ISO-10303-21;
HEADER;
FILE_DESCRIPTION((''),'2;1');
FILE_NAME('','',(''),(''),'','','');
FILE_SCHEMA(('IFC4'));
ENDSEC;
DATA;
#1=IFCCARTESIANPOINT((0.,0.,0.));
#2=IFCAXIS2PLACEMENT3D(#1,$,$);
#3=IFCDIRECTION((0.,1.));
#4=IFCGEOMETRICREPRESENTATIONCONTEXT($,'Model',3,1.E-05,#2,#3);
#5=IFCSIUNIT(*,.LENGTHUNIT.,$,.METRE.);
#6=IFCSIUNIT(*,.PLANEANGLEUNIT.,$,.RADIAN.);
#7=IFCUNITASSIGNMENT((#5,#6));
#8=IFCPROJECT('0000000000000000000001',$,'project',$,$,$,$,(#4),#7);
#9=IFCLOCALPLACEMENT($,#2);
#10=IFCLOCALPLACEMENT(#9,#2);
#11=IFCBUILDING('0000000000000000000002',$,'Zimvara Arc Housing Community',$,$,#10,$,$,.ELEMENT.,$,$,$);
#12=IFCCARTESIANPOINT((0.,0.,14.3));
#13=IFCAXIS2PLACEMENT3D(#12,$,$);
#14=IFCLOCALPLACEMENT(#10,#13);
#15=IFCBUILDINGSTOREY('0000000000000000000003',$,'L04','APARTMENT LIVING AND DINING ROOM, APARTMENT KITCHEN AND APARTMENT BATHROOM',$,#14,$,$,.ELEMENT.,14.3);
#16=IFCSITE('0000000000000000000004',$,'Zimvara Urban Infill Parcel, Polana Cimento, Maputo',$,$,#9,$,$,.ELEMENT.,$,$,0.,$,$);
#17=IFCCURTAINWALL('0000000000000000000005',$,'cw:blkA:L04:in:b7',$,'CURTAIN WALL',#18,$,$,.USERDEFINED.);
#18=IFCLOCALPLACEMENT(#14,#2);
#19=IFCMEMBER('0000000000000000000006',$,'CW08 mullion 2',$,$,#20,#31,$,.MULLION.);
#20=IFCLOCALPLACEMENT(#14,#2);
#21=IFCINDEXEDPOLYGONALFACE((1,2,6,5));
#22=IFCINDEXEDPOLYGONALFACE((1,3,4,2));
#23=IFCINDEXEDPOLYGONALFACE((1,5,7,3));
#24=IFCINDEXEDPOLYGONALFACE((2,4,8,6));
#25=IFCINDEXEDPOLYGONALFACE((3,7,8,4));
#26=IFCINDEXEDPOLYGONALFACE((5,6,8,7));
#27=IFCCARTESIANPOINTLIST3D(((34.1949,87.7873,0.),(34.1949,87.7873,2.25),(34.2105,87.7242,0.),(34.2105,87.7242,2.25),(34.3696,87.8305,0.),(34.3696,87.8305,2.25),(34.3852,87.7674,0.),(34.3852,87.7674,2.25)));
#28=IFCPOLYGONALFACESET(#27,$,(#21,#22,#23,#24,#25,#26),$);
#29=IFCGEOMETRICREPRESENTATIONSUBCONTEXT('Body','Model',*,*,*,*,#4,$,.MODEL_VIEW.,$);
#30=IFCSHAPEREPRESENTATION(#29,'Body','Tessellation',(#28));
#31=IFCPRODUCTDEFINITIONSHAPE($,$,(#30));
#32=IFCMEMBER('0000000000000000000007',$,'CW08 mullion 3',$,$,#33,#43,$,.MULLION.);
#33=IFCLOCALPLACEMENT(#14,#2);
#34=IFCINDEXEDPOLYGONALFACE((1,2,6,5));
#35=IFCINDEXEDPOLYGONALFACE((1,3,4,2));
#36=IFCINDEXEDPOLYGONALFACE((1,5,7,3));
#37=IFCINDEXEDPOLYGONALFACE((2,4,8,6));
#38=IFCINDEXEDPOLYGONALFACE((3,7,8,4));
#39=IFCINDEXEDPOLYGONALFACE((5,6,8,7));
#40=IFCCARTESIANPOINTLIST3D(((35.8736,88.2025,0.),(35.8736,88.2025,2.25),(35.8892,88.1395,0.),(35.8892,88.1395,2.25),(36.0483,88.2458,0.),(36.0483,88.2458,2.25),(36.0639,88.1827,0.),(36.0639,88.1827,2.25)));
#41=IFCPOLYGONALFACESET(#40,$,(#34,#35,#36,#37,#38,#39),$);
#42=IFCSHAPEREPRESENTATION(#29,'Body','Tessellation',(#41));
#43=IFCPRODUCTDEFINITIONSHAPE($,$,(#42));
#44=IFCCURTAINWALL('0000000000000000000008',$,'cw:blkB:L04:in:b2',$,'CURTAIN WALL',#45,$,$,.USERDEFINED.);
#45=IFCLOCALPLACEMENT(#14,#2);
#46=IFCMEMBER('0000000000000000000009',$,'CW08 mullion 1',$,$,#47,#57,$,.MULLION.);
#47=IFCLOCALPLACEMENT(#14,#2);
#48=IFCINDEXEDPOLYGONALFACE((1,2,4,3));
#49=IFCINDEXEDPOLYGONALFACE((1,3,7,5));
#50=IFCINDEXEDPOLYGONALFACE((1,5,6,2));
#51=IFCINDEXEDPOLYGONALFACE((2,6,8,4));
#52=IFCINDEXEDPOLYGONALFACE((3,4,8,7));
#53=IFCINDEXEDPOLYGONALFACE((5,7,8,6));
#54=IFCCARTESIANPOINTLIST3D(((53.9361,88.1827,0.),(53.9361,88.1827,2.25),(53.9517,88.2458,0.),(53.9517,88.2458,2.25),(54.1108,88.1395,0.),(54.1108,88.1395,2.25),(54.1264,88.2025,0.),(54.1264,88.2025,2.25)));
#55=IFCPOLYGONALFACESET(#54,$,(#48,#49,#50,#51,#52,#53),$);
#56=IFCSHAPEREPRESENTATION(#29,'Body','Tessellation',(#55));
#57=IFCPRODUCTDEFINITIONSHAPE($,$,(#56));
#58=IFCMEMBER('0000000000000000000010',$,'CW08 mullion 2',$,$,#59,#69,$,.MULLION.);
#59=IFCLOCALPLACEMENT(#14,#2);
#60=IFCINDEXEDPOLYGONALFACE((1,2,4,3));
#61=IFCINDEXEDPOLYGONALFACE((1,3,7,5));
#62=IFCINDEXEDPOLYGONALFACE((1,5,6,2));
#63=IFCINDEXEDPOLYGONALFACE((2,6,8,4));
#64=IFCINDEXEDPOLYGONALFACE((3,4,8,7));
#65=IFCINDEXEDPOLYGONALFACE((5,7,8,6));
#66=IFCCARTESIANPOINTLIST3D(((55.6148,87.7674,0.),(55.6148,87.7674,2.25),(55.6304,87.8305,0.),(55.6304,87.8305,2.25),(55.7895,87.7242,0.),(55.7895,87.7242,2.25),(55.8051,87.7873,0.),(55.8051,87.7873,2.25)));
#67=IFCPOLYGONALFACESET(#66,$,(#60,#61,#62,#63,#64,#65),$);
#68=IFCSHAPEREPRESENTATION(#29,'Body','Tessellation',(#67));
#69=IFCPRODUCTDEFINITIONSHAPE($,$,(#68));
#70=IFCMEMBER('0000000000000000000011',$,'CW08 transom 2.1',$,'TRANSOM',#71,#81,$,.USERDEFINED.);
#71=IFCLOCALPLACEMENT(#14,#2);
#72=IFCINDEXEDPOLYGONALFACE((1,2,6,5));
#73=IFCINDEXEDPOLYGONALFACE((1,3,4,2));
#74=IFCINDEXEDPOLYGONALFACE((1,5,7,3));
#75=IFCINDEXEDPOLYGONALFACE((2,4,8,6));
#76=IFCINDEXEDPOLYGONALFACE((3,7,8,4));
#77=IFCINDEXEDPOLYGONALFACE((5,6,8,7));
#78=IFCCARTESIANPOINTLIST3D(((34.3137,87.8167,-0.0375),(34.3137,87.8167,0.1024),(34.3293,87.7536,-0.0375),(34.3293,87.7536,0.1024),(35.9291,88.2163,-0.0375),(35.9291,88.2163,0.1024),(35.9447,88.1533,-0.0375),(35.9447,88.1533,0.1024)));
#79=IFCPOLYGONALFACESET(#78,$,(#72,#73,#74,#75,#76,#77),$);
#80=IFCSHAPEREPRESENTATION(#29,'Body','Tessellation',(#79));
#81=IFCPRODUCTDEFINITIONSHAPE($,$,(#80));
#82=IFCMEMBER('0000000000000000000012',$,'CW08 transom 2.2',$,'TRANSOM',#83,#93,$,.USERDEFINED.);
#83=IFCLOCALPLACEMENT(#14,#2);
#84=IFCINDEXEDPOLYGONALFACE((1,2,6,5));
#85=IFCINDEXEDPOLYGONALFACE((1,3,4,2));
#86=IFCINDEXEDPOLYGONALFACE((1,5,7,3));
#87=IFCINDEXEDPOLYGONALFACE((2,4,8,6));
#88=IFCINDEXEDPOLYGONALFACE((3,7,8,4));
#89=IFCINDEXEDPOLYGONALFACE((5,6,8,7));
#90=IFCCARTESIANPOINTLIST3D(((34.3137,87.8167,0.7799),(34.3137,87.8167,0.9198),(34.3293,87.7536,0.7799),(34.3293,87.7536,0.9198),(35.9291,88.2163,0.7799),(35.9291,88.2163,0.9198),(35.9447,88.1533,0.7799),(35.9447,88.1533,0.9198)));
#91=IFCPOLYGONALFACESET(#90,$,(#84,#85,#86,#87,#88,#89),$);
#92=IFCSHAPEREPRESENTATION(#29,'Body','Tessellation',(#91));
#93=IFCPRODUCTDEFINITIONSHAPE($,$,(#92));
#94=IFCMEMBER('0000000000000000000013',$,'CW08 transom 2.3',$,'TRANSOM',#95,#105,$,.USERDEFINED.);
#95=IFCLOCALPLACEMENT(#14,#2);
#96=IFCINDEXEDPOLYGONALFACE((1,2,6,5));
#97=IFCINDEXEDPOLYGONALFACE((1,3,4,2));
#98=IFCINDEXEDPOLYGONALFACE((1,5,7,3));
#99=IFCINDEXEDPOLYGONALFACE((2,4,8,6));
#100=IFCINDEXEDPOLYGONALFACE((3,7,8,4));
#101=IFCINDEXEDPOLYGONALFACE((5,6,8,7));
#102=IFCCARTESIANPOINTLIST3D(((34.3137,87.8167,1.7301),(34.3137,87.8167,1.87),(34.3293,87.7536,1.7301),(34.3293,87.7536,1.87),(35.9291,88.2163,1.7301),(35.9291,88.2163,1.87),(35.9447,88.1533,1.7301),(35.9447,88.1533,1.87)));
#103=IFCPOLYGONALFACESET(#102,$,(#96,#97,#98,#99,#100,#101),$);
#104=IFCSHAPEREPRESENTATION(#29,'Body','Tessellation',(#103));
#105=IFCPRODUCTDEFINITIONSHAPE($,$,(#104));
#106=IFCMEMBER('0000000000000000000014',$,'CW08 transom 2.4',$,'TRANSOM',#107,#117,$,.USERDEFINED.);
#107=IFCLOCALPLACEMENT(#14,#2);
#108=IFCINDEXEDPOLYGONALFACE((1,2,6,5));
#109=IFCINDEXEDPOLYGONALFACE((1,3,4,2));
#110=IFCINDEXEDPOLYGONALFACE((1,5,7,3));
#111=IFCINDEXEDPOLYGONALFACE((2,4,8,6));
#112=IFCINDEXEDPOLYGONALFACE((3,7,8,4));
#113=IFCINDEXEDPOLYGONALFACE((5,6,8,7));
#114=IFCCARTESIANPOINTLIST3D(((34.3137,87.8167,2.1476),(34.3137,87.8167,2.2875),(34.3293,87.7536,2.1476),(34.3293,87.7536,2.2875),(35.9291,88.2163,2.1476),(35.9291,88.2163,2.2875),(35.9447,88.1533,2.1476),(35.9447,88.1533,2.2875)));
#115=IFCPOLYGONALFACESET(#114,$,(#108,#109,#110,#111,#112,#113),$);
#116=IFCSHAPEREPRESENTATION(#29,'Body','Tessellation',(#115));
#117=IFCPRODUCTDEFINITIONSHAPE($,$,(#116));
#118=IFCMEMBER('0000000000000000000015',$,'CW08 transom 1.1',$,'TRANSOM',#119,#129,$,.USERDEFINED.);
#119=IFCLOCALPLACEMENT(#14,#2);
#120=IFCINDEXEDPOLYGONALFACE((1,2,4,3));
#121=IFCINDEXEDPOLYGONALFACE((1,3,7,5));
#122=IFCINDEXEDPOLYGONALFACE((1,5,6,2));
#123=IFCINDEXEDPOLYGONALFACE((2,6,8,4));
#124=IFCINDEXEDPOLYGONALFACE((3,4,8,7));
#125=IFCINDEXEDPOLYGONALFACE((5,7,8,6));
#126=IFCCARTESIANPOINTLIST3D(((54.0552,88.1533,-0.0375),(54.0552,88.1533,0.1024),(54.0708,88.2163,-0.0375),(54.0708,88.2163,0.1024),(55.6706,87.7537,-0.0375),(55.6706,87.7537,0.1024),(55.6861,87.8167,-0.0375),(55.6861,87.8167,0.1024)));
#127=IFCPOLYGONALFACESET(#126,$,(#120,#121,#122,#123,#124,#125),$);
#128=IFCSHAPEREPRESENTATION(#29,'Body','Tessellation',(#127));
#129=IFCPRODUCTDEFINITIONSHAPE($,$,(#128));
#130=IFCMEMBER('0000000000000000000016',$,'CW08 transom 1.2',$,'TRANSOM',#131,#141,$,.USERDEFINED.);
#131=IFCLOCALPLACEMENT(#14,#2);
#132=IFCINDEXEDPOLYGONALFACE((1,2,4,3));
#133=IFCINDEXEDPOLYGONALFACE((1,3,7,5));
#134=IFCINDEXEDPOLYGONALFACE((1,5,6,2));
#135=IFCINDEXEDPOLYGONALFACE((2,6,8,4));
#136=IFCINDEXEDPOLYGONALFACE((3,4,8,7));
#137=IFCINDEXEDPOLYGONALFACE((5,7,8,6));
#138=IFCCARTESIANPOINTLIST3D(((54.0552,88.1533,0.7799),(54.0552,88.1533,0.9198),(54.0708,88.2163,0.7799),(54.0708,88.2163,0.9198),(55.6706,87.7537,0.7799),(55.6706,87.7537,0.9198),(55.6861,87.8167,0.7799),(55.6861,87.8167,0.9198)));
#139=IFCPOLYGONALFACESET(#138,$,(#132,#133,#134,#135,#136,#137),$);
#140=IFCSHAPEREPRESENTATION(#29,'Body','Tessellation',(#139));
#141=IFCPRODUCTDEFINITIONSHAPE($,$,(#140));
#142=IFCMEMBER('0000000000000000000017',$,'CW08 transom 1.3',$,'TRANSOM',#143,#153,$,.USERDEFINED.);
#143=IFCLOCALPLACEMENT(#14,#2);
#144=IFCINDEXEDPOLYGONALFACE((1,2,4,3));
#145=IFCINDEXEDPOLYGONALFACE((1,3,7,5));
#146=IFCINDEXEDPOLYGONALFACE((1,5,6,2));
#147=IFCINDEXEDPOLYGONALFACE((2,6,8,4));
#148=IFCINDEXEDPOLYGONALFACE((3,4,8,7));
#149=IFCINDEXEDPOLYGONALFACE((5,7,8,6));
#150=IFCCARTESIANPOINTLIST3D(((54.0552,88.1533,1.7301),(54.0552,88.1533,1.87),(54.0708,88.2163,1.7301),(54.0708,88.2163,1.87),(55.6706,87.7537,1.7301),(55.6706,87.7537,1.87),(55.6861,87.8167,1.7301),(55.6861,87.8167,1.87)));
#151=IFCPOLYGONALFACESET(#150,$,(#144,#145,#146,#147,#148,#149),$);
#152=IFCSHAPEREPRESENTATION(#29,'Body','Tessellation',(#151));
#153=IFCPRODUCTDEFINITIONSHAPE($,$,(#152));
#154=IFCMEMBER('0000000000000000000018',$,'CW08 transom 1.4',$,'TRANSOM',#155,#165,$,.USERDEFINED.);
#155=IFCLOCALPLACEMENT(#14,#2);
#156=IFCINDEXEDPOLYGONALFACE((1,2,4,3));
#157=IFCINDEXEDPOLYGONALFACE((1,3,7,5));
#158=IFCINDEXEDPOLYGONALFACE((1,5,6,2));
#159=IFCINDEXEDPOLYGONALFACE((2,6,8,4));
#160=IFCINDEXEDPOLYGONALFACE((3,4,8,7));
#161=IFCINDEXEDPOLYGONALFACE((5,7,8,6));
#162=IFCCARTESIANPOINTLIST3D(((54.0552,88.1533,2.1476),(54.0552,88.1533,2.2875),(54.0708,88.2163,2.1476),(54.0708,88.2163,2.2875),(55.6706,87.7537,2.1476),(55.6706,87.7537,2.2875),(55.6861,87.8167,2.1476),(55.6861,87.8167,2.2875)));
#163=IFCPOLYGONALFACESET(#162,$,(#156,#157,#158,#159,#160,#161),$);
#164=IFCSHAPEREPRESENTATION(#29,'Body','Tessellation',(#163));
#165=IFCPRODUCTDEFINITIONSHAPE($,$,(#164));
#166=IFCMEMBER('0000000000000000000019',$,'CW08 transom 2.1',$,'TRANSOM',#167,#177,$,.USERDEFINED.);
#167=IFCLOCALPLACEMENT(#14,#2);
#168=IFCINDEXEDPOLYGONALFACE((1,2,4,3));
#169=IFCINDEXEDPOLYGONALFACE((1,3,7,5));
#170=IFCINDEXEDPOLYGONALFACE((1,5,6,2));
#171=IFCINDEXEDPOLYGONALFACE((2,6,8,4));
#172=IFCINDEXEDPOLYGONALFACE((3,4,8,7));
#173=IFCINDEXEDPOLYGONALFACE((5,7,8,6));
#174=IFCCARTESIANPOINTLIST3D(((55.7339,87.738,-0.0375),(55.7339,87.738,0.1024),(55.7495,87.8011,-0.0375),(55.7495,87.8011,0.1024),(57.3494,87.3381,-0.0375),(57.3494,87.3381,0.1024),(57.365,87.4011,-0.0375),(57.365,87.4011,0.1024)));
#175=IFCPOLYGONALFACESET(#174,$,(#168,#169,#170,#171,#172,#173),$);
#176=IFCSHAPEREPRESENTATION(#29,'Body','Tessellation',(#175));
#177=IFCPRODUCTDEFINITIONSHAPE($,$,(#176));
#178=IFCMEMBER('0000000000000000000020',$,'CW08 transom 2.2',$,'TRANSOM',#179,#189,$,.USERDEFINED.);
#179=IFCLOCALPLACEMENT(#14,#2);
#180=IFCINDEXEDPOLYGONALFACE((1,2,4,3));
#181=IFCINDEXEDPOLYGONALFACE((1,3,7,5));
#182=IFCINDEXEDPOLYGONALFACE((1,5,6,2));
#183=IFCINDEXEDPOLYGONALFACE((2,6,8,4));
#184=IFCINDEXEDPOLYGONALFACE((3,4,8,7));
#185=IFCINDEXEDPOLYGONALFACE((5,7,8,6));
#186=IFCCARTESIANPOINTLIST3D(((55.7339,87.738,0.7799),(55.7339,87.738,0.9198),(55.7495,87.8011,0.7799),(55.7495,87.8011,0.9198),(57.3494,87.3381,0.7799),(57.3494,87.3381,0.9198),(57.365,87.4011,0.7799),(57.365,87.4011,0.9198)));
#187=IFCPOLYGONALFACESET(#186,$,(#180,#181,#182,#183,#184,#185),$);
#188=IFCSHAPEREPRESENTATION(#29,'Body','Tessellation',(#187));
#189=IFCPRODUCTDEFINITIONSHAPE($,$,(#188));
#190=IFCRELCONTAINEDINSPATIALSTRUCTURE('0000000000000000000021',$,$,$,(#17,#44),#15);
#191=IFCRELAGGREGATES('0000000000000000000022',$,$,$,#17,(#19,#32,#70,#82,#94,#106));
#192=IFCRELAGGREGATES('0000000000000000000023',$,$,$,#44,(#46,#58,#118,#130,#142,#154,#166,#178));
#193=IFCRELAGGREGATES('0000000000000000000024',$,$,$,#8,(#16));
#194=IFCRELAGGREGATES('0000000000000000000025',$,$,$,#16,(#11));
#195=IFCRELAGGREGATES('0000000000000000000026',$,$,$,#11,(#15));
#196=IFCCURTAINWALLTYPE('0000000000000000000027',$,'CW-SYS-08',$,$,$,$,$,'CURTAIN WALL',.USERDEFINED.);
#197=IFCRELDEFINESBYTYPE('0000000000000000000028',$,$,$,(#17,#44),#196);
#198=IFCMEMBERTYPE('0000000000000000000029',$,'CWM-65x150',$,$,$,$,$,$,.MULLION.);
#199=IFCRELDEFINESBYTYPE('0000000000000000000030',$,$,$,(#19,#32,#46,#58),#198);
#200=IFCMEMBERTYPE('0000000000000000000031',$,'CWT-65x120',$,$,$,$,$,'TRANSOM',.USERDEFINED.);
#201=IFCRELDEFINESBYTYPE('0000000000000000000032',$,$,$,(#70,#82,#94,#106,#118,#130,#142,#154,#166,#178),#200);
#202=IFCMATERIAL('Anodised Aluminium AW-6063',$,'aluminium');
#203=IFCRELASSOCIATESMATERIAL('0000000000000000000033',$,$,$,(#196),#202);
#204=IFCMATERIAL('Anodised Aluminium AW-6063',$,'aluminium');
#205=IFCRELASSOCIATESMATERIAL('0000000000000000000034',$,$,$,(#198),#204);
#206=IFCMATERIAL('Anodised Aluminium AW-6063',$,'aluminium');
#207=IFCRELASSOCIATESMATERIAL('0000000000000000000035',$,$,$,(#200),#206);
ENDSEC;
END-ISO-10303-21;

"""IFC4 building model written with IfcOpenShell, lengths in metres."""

from ifc_helpers import new_model, si_unit, direction, frame, origin, origin_2d, place, context, subcontext, project, spatial, rectangle, extrude, material, material_profile, profile_set, type_object, element, aggregate, save


model = new_model("IFC4")

# Units and contexts
model_context = context("Model", 3, precision=1e-05, world=origin(), true_north=direction((0.0, 1.0)))
body_context = subcontext(model_context, "Body", "Model", "MODEL_VIEW")
ifc_project = project(units=[si_unit("LENGTHUNIT", "METRE"), si_unit("PLANEANGLEUNIT", "RADIAN")], contexts=[model_context])

# Site, building, storey
site_placement = place(None, origin())
site = spatial("IfcSite", under=ifc_project, at=site_placement, Name="Zimvara Urban Infill Parcel, Polana Cimento, Maputo", CompositionType="ELEMENT", RefElevation=0.0)
building_placement = place(site_placement, origin())
building = spatial("IfcBuilding", under=site, at=building_placement, Name="Zimvara Arc Housing Community", CompositionType="ELEMENT")
storey_placement = place(building_placement, frame((0.0, 0.0, 14.3)))
storey = spatial("IfcBuildingStorey", under=building, at=storey_placement, Name="L04", Description="APARTMENT LIVING AND DINING ROOM, APARTMENT KITCHEN AND APARTMENT BATHROOM", CompositionType="ELEMENT", Elevation=14.3)

# Curtain walls, members
ifc_material_1 = material(Name="Anodised Aluminium AW-6063", Category="aluminium")
curtain_wall_type = type_object("IfcCurtainWallType", Name="CW-SYS-08", ElementType="CURTAIN WALL", PredefinedType="USERDEFINED", material=ifc_material_1)
curtain_wall_1_placement = place(storey_placement, origin())
curtain_wall_1 = element("IfcCurtainWall", 1, at=curtain_wall_1_placement, inside=storey, type_object=curtain_wall_type, Name="cw:blkA:L04:in:b7", ObjectType="CURTAIN WALL", PredefinedType="USERDEFINED")
ifc_material_2 = material(Name="Anodised Aluminium AW-6063", Category="aluminium")
ifc_material_profile_1 = material_profile(ifc_material_2, rectangle(XDim=0.0649, YDim=0.1799, at=origin_2d()), Name="ALU 65x180")
ifc_profile_set_1 = profile_set([ifc_material_profile_1], Name="Anodised Aluminium AW-6063")
member_type_1 = type_object("IfcMemberType", Name="CWM-65x150", PredefinedType="MULLION", material=ifc_profile_set_1)
member_1_placement = place(storey_placement, frame((34.29, 87.7773, 0.0), z_axis=(0.0, 0.0, 1.0), x_axis=(-0.240228, 0.970717, 0.0)))
member_1 = element("IfcMember", 2, at=member_1_placement, type_object=member_type_1, Name="CW08 mullion 2", PredefinedType="MULLION", context=body_context, shape_type="SweptSolid", body=[
    extrude(rectangle(XDim=0.0649, YDim=0.1799, at=origin_2d()), origin(), (0.0, 0.0, 1.0), 2.25),
])
member_2_placement = place(storey_placement, frame((35.9688, 88.1926, 0.0), z_axis=(0.0, 0.0, 1.0), x_axis=(-0.240228, 0.970717, 0.0)))
member_2 = element("IfcMember", 3, at=member_2_placement, type_object=member_type_1, Name="CW08 mullion 3", PredefinedType="MULLION", context=body_context, shape_type="SweptSolid", body=[
    extrude(rectangle(XDim=0.0649, YDim=0.1799, at=origin_2d()), origin(), (0.0, 0.0, 1.0), 2.25),
])
curtain_wall_2_placement = place(storey_placement, origin())
curtain_wall_2 = element("IfcCurtainWall", 4, at=curtain_wall_2_placement, inside=storey, type_object=curtain_wall_type, Name="cw:blkB:L04:in:b2", ObjectType="CURTAIN WALL", PredefinedType="USERDEFINED")
member_3_placement = place(storey_placement, frame((54.0312, 88.1926, 0.0), z_axis=(0.0, 0.0, 1.0), x_axis=(0.240228, 0.970717, 0.0)))
member_3 = element("IfcMember", 5, at=member_3_placement, type_object=member_type_1, Name="CW08 mullion 1", PredefinedType="MULLION", context=body_context, shape_type="SweptSolid", body=[
    extrude(rectangle(XDim=0.0649, YDim=0.1799, at=origin_2d()), origin(), (0.0, 0.0, 1.0), 2.25),
])
member_4_placement = place(storey_placement, frame((55.71, 87.7773, 0.0), z_axis=(0.0, 0.0, 1.0), x_axis=(0.240228, 0.970717, 0.0)))
member_4 = element("IfcMember", 6, at=member_4_placement, type_object=member_type_1, Name="CW08 mullion 2", PredefinedType="MULLION", context=body_context, shape_type="SweptSolid", body=[
    extrude(rectangle(XDim=0.0649, YDim=0.1799, at=origin_2d()), origin(), (0.0, 0.0, 1.0), 2.25),
])

# Members
ifc_material_3 = material(Name="Anodised Aluminium AW-6063", Category="aluminium")
ifc_material_profile_2 = material_profile(ifc_material_3, rectangle(XDim=0.0649, YDim=0.1399, at=origin_2d()), Name="ALU 65x140")
ifc_profile_set_2 = profile_set([ifc_material_profile_2], Name="Anodised Aluminium AW-6063")
member_type_2 = type_object("IfcMemberType", Name="CWT-65x120", ElementType="TRANSOM", PredefinedType="USERDEFINED", material=ifc_profile_set_2)
member_5_placement = place(storey_placement, frame((34.3215, 87.7852, 0.0325), z_axis=(0.970735, 0.240153, 0.0), x_axis=(-0.240153, 0.970735, 0.0)))
member_5 = element("IfcMember", 7, at=member_5_placement, type_object=member_type_2, Name="CW08 transom 2.1", ObjectType="TRANSOM", PredefinedType="USERDEFINED", context=body_context, shape_type="SweptSolid", body=[
    extrude(rectangle(XDim=0.0649, YDim=0.1399, at=origin_2d()), origin(), (0.0, 0.0, 1.0), 1.6641),
])
member_6_placement = place(storey_placement, frame((34.3215, 87.7852, 0.8499), z_axis=(0.970735, 0.240153, 0.0), x_axis=(-0.240153, 0.970735, 0.0)))
member_6 = element("IfcMember", 8, at=member_6_placement, type_object=member_type_2, Name="CW08 transom 2.2", ObjectType="TRANSOM", PredefinedType="USERDEFINED", context=body_context, shape_type="SweptSolid", body=[
    extrude(rectangle(XDim=0.0649, YDim=0.1399, at=origin_2d()), origin(), (0.0, 0.0, 1.0), 1.6641),
])
member_7_placement = place(storey_placement, frame((34.3215, 87.7852, 1.8), z_axis=(0.970735, 0.240153, 0.0), x_axis=(-0.240153, 0.970735, 0.0)))
member_7 = element("IfcMember", 9, at=member_7_placement, type_object=member_type_2, Name="CW08 transom 2.3", ObjectType="TRANSOM", PredefinedType="USERDEFINED", context=body_context, shape_type="SweptSolid", body=[
    extrude(rectangle(XDim=0.0649, YDim=0.1399, at=origin_2d()), origin(), (0.0, 0.0, 1.0), 1.6641),
])
member_8_placement = place(storey_placement, frame((34.3215, 87.7852, 2.2175), z_axis=(0.970735, 0.240153, 0.0), x_axis=(-0.240153, 0.970735, 0.0)))
member_8 = element("IfcMember", 10, at=member_8_placement, type_object=member_type_2, Name="CW08 transom 2.4", ObjectType="TRANSOM", PredefinedType="USERDEFINED", context=body_context, shape_type="SweptSolid", body=[
    extrude(rectangle(XDim=0.0649, YDim=0.1399, at=origin_2d()), origin(), (0.0, 0.0, 1.0), 1.6641),
])
member_9_placement = place(storey_placement, frame((54.063, 88.1848, 0.0325), z_axis=(0.970735, -0.240153, 0.0), x_axis=(0.240153, 0.970735, 0.0)))
member_9 = element("IfcMember", 11, at=member_9_placement, type_object=member_type_2, Name="CW08 transom 1.1", ObjectType="TRANSOM", PredefinedType="USERDEFINED", context=body_context, shape_type="SweptSolid", body=[
    extrude(rectangle(XDim=0.0649, YDim=0.1399, at=origin_2d()), origin(), (0.0, 0.0, 1.0), 1.6641),
])
member_10_placement = place(storey_placement, frame((54.063, 88.1848, 0.8499), z_axis=(0.970735, -0.240153, 0.0), x_axis=(0.240153, 0.970735, 0.0)))
member_10 = element("IfcMember", 12, at=member_10_placement, type_object=member_type_2, Name="CW08 transom 1.2", ObjectType="TRANSOM", PredefinedType="USERDEFINED", context=body_context, shape_type="SweptSolid", body=[
    extrude(rectangle(XDim=0.0649, YDim=0.1399, at=origin_2d()), origin(), (0.0, 0.0, 1.0), 1.6641),
])
member_11_placement = place(storey_placement, frame((54.063, 88.1848, 1.8), z_axis=(0.970735, -0.240153, 0.0), x_axis=(0.240153, 0.970735, 0.0)))
member_11 = element("IfcMember", 13, at=member_11_placement, type_object=member_type_2, Name="CW08 transom 1.3", ObjectType="TRANSOM", PredefinedType="USERDEFINED", context=body_context, shape_type="SweptSolid", body=[
    extrude(rectangle(XDim=0.0649, YDim=0.1399, at=origin_2d()), origin(), (0.0, 0.0, 1.0), 1.6641),
])
member_12_placement = place(storey_placement, frame((54.063, 88.1848, 2.2175), z_axis=(0.970735, -0.240153, 0.0), x_axis=(0.240153, 0.970735, 0.0)))
member_12 = element("IfcMember", 14, at=member_12_placement, type_object=member_type_2, Name="CW08 transom 1.4", ObjectType="TRANSOM", PredefinedType="USERDEFINED", context=body_context, shape_type="SweptSolid", body=[
    extrude(rectangle(XDim=0.0649, YDim=0.1399, at=origin_2d()), origin(), (0.0, 0.0, 1.0), 1.6641),
])
member_13_placement = place(storey_placement, frame((55.7417, 87.7695, 0.0325), z_axis=(0.970701, -0.240291, 0.0), x_axis=(0.240291, 0.970701, 0.0)))
member_13 = element("IfcMember", 15, at=member_13_placement, type_object=member_type_2, Name="CW08 transom 2.1", ObjectType="TRANSOM", PredefinedType="USERDEFINED", context=body_context, shape_type="SweptSolid", body=[
    extrude(rectangle(XDim=0.0649, YDim=0.1399, at=origin_2d()), origin(), (0.0, 0.0, 1.0), 1.6643),
])
member_14_placement = place(storey_placement, frame((55.7417, 87.7695, 0.8499), z_axis=(0.970701, -0.240291, 0.0), x_axis=(0.240291, 0.970701, 0.0)))
member_14 = element("IfcMember", 16, at=member_14_placement, type_object=member_type_2, Name="CW08 transom 2.2", ObjectType="TRANSOM", PredefinedType="USERDEFINED", context=body_context, shape_type="SweptSolid", body=[
    extrude(rectangle(XDim=0.0649, YDim=0.1399, at=origin_2d()), origin(), (0.0, 0.0, 1.0), 1.6643),
])

aggregate(curtain_wall_1, [member_1, member_2, member_5, member_6, member_7, member_8])
aggregate(curtain_wall_2, [member_3, member_4, member_9, member_10, member_11, member_12, member_13, member_14])

save(model, "model.ifc")
